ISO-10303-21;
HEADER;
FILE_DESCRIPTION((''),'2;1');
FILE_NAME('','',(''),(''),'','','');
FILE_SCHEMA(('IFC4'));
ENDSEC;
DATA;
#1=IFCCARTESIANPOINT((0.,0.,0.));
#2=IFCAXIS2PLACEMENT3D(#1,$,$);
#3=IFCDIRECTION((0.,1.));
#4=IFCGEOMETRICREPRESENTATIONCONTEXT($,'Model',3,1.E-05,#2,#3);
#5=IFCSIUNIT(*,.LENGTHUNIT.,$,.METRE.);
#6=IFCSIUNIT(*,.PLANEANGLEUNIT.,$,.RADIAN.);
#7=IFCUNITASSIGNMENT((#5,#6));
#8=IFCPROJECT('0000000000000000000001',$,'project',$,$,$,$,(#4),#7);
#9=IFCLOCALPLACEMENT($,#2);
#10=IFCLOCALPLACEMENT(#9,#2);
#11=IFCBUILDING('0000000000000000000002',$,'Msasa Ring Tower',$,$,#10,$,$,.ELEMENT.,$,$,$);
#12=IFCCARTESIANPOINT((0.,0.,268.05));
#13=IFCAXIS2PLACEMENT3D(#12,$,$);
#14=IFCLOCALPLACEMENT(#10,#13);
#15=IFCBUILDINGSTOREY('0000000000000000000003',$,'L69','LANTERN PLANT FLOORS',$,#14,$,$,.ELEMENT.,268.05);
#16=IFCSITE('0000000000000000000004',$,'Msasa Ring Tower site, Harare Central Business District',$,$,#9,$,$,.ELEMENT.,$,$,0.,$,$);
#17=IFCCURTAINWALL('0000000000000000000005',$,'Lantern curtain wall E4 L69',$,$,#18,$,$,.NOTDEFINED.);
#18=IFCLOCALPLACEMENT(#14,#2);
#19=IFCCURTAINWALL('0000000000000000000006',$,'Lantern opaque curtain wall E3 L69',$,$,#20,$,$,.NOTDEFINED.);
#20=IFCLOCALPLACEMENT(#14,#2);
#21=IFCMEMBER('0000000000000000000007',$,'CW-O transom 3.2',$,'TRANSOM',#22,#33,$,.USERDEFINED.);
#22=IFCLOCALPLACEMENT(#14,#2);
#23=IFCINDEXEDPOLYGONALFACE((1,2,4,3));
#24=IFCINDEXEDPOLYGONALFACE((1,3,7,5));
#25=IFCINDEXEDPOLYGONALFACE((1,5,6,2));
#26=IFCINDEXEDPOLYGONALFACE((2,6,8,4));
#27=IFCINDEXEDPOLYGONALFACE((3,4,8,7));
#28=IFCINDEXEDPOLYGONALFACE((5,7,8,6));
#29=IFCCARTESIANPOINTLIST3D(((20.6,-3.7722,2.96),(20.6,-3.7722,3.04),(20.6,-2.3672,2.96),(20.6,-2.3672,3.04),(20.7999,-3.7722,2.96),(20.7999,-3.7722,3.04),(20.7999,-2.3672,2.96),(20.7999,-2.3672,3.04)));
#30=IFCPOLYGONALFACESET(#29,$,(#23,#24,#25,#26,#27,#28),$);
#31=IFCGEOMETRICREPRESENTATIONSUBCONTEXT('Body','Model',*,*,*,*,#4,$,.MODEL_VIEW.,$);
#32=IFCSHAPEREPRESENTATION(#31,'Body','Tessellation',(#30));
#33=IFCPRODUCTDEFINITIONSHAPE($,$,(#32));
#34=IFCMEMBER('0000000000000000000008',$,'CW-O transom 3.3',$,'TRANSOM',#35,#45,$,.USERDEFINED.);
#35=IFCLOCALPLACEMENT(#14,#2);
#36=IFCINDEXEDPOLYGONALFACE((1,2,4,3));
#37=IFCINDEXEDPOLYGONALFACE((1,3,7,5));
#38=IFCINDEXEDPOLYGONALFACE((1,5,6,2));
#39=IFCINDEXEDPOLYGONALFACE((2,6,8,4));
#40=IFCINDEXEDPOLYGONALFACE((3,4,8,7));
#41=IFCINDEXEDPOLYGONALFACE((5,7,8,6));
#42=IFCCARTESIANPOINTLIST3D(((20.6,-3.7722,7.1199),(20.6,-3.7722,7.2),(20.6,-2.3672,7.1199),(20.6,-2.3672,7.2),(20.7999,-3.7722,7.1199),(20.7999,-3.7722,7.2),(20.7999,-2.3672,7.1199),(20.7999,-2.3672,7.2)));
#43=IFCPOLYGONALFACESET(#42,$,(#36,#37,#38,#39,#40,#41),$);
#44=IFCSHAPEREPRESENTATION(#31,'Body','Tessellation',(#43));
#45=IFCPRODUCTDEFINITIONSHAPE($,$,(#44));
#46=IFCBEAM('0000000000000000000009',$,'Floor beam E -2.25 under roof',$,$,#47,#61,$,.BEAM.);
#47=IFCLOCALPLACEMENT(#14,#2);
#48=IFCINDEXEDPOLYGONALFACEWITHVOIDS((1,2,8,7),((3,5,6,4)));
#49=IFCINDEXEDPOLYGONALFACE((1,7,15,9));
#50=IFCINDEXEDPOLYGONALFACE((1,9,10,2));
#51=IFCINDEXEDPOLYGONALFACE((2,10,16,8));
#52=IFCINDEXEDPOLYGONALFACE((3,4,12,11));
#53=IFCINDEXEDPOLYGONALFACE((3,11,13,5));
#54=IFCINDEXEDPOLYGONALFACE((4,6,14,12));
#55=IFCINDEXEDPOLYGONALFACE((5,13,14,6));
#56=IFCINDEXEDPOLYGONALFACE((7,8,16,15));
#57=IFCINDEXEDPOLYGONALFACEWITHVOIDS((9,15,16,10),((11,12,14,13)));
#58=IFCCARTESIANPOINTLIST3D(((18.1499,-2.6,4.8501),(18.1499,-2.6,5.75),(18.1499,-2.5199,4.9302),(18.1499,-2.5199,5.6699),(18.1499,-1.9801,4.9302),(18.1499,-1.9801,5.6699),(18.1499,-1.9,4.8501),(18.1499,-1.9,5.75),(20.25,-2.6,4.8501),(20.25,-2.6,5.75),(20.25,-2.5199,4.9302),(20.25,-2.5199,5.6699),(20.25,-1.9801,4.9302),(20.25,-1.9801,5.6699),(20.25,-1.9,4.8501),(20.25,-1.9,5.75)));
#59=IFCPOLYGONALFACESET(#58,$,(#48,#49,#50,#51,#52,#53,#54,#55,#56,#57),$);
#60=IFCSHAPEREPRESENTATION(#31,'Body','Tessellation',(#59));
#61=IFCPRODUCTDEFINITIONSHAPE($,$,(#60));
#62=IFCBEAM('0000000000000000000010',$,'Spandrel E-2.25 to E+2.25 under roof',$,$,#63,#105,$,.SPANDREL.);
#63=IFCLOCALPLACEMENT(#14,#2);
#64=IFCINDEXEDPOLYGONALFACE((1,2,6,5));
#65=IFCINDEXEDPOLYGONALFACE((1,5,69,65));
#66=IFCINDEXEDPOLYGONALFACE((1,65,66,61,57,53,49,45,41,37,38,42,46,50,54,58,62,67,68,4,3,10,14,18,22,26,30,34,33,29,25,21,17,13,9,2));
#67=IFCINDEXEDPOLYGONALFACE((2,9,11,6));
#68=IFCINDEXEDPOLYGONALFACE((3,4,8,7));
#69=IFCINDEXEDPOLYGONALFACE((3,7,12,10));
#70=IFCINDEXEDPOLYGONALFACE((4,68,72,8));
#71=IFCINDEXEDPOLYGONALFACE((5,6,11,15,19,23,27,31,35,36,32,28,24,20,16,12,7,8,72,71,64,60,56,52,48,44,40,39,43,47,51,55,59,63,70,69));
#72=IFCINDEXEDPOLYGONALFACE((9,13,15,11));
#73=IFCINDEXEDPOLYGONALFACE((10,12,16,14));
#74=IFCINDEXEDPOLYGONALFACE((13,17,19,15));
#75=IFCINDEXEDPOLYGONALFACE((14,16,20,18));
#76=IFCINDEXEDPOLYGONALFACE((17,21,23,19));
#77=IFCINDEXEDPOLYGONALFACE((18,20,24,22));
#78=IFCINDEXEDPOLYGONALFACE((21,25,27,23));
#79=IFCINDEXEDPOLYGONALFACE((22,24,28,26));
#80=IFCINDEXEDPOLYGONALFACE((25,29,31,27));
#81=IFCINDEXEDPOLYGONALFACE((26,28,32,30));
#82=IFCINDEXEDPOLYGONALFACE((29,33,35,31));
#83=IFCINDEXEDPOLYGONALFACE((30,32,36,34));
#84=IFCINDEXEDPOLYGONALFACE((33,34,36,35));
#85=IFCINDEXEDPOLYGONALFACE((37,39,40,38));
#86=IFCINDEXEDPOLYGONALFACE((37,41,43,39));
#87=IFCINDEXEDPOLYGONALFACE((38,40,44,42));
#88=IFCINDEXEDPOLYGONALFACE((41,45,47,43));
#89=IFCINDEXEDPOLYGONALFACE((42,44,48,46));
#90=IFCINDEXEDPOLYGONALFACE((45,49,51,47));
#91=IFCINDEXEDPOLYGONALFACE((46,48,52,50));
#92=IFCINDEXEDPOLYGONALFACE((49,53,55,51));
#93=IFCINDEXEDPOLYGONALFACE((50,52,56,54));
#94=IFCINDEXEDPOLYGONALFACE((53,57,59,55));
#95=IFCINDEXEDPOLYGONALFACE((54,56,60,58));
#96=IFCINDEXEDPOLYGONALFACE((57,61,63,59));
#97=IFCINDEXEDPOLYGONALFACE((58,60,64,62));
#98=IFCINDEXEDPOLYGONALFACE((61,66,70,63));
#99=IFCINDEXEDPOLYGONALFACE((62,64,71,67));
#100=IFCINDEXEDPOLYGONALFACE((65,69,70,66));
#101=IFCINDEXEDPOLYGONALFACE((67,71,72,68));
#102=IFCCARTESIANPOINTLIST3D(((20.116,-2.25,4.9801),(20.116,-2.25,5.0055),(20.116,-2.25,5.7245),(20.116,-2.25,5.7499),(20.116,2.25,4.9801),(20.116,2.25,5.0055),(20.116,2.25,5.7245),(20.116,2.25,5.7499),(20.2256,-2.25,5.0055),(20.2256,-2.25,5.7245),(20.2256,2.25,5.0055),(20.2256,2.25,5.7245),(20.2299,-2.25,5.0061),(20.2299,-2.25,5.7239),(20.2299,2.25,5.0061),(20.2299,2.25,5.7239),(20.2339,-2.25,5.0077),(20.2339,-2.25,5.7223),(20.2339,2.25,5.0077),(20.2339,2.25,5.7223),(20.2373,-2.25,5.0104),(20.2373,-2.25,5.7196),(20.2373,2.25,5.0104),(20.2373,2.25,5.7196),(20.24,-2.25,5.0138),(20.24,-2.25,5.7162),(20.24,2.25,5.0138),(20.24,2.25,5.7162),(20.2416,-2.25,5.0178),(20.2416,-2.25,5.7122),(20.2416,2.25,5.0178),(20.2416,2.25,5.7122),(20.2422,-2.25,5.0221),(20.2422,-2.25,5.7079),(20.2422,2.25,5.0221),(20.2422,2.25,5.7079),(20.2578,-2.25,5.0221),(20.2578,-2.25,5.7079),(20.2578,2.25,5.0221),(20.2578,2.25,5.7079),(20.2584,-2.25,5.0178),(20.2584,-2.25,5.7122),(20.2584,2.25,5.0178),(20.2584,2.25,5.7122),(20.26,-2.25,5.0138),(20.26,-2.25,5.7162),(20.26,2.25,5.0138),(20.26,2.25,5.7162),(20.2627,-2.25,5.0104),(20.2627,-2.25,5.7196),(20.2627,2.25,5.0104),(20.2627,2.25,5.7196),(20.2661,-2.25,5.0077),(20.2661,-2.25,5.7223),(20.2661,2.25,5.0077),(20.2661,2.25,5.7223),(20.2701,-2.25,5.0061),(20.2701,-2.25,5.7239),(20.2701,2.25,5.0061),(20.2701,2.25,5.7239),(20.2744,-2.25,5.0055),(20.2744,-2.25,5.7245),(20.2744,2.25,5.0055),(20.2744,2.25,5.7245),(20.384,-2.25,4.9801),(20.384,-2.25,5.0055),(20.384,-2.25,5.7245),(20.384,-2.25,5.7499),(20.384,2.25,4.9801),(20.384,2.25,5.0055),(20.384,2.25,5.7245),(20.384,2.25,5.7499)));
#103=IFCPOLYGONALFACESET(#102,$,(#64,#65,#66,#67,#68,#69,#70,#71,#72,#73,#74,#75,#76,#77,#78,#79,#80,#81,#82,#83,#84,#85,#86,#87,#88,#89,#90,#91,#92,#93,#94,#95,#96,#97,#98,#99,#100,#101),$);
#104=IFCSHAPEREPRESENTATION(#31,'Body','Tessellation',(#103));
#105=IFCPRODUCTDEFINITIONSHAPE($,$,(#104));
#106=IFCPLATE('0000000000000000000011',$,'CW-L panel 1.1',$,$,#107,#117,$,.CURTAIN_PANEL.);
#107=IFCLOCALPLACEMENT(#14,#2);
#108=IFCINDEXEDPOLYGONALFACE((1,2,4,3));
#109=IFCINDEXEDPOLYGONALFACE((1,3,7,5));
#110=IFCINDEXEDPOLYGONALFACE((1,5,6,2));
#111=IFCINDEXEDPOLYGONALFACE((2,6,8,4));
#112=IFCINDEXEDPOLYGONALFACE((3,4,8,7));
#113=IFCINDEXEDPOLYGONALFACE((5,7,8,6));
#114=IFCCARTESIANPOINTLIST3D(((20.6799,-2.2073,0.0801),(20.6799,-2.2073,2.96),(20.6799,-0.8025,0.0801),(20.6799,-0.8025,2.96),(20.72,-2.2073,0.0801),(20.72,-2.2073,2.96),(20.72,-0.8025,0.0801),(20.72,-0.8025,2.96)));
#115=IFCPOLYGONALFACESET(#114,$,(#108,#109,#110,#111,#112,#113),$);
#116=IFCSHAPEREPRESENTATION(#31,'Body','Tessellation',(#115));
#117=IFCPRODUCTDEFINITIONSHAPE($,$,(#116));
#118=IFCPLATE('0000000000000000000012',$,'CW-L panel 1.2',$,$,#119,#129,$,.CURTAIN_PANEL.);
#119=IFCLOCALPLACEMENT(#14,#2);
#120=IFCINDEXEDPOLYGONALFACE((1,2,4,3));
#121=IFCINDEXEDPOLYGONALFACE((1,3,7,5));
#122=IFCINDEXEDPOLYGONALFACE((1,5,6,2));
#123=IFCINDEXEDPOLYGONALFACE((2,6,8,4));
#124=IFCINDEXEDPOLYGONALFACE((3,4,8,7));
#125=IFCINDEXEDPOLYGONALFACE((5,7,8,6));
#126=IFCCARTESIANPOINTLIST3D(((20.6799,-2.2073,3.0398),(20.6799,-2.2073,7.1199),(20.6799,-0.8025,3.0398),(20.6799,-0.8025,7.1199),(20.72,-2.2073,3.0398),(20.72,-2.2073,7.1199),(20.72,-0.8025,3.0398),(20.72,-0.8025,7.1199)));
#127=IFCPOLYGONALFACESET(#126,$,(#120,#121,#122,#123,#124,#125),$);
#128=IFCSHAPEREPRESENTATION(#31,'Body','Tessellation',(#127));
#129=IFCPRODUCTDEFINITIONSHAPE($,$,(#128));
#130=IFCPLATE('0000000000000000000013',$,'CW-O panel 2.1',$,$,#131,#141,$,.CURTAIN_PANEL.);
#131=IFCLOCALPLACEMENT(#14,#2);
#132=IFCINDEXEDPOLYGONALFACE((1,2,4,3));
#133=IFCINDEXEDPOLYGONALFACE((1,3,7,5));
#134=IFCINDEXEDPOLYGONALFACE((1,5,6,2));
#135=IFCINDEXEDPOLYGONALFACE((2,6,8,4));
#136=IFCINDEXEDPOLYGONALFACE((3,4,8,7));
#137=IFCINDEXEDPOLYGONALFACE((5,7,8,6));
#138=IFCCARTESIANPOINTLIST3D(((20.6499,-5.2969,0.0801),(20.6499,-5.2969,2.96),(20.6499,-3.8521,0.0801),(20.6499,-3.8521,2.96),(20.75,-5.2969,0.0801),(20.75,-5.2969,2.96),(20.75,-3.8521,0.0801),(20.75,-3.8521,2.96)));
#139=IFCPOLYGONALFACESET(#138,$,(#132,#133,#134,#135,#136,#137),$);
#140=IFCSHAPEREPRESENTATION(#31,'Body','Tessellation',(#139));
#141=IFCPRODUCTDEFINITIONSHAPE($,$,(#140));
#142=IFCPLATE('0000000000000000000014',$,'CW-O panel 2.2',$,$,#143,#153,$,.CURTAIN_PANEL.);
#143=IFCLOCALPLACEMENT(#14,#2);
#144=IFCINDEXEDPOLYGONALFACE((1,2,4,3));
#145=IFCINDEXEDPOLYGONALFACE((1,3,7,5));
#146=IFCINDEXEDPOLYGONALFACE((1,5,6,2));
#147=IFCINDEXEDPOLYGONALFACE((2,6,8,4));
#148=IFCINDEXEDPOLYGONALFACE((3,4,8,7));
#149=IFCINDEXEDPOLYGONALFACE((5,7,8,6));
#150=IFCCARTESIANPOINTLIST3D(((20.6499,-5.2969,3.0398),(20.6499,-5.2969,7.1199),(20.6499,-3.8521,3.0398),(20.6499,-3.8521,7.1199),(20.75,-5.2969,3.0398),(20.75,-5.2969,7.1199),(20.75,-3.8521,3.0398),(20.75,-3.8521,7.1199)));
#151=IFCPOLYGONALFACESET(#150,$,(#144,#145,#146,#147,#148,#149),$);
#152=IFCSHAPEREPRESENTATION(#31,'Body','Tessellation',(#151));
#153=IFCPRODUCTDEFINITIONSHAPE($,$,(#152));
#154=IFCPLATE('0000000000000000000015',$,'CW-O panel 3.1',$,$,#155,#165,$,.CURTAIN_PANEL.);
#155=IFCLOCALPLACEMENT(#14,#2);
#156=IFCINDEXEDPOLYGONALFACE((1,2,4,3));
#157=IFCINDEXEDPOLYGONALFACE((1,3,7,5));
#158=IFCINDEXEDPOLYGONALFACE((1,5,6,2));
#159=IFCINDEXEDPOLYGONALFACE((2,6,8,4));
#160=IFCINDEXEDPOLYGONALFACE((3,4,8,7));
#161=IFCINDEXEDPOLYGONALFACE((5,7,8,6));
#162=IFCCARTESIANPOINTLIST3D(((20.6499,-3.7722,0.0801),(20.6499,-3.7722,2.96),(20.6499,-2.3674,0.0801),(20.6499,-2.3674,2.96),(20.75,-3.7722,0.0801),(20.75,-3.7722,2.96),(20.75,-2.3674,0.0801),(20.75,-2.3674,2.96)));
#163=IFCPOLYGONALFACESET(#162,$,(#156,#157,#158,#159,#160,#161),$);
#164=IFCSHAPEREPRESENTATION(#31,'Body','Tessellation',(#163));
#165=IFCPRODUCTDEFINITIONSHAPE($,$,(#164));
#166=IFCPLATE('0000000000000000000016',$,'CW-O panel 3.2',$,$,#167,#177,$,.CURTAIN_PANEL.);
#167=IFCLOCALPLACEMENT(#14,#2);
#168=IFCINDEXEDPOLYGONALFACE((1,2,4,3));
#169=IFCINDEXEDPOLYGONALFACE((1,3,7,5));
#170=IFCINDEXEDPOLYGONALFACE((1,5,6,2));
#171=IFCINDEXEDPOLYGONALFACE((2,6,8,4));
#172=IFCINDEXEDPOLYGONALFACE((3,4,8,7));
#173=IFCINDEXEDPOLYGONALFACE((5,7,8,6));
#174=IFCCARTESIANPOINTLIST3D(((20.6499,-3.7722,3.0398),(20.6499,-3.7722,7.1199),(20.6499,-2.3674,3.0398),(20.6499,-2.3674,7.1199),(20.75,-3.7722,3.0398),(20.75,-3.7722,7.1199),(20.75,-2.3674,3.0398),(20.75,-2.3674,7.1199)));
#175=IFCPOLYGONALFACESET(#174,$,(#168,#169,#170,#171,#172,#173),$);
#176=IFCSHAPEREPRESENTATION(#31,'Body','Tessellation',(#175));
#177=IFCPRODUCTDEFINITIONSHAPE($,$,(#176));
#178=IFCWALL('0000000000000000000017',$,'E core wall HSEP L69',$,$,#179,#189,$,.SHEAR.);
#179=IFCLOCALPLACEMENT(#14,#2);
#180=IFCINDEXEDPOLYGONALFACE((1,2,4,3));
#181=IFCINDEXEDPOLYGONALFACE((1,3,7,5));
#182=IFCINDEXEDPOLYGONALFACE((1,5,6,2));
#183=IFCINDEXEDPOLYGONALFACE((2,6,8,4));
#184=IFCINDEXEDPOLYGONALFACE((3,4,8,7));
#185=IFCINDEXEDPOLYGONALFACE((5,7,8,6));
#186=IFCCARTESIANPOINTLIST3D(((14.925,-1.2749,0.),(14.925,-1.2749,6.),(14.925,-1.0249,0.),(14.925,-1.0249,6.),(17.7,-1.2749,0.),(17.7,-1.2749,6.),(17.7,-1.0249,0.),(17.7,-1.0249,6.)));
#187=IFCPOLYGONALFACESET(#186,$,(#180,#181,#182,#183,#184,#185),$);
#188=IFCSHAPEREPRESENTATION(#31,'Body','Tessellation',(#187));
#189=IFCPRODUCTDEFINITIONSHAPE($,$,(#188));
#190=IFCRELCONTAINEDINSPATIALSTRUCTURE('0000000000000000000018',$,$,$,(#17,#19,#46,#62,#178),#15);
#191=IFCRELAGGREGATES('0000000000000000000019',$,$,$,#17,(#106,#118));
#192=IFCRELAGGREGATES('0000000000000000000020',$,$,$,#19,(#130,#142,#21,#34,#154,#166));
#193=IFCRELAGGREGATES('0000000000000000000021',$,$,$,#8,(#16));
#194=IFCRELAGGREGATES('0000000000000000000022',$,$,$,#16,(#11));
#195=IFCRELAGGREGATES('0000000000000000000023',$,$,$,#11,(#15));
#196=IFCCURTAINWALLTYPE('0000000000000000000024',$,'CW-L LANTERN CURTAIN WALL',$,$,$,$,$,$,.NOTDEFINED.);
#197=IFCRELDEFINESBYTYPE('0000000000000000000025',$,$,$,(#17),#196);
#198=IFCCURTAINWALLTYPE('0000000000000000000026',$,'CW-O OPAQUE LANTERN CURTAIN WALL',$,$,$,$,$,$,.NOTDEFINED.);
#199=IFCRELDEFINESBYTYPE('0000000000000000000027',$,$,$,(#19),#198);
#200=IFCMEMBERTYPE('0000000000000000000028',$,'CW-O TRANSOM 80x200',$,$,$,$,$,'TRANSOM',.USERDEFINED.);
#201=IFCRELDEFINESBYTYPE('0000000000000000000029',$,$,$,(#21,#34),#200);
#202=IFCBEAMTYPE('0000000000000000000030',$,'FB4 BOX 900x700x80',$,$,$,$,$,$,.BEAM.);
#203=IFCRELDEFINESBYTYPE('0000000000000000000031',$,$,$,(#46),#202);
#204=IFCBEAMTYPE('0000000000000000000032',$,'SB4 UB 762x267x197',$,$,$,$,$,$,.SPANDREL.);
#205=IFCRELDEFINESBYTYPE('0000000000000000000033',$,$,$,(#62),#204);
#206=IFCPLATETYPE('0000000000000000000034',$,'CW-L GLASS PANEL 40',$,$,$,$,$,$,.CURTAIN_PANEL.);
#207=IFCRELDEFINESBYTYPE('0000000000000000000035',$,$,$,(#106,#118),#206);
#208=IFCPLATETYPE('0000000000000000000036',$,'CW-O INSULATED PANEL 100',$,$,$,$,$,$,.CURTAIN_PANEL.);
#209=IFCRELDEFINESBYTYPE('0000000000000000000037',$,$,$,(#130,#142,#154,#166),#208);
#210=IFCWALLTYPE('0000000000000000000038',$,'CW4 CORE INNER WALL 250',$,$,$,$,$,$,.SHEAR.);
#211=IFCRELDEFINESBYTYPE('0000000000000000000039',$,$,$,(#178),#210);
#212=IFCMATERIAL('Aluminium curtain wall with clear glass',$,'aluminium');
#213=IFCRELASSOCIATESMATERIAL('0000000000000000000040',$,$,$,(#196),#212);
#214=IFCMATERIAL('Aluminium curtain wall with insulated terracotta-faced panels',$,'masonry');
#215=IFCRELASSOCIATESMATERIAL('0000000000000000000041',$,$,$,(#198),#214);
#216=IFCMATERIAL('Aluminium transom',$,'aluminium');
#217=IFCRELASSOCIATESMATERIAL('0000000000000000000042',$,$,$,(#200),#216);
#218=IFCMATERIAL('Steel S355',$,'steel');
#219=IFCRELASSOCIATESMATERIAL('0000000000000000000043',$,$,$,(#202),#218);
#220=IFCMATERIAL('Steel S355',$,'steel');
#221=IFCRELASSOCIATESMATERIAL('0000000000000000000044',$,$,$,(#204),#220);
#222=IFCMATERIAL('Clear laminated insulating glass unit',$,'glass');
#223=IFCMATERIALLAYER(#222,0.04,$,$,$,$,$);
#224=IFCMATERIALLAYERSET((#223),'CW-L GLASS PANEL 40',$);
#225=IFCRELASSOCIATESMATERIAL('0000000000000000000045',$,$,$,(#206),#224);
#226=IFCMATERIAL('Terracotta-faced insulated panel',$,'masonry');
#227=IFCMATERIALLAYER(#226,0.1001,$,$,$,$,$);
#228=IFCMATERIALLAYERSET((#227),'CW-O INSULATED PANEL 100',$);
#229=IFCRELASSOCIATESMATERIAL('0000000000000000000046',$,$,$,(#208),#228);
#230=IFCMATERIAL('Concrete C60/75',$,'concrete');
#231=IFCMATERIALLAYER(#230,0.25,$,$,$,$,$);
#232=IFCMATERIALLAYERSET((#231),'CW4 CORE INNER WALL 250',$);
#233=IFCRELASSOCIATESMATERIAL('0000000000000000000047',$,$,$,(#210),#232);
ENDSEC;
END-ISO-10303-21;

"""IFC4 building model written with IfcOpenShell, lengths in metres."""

from ifc_helpers import new_model, si_unit, direction, frame, frame_2d, origin, origin_2d, place, context, subcontext, project, spatial, rectangle, hollow_rectangle, i_section, extrude, material, layer, layer_set, material_profile, profile_set, type_object, element, aggregate, save


model = new_model("IFC4")

# Units and contexts
model_context = context("Model", 3, precision=1e-05, world=origin(), true_north=direction((0.0, 1.0)))
body_context = subcontext(model_context, "Body", "Model", "MODEL_VIEW")
ifc_project = project(units=[si_unit("LENGTHUNIT", "METRE"), si_unit("PLANEANGLEUNIT", "RADIAN")], contexts=[model_context])

# Site, building, storey
site_placement = place(None, origin())
site = spatial("IfcSite", under=ifc_project, at=site_placement, Name="Msasa Ring Tower site, Harare Central Business District", CompositionType="ELEMENT", RefElevation=0.0)
building_placement = place(site_placement, origin())
building = spatial("IfcBuilding", under=site, at=building_placement, Name="Msasa Ring Tower", CompositionType="ELEMENT")
storey_placement = place(building_placement, frame((0.0, 0.0, 268.05)))
storey = spatial("IfcBuildingStorey", under=building, at=storey_placement, Name="L69", Description="LANTERN PLANT FLOORS", CompositionType="ELEMENT", Elevation=268.05)

# Curtain walls, members
ifc_material_1 = material(Name="Aluminium curtain wall with clear glass", Category="aluminium")
curtain_wall_type_1 = type_object("IfcCurtainWallType", Name="CW-L LANTERN CURTAIN WALL", PredefinedType="NOTDEFINED", material=ifc_material_1)
curtain_wall_1_placement = place(storey_placement, origin())
curtain_wall_1 = element("IfcCurtainWall", 1, at=curtain_wall_1_placement, inside=storey, type_object=curtain_wall_type_1, Name="Lantern curtain wall E4 L69", PredefinedType="NOTDEFINED")
ifc_material_2 = material(Name="Aluminium curtain wall with insulated terracotta-faced panels", Category="masonry")
curtain_wall_type_2 = type_object("IfcCurtainWallType", Name="CW-O OPAQUE LANTERN CURTAIN WALL", PredefinedType="NOTDEFINED", material=ifc_material_2)
curtain_wall_2_placement = place(storey_placement, origin())
curtain_wall_2 = element("IfcCurtainWall", 2, at=curtain_wall_2_placement, inside=storey, type_object=curtain_wall_type_2, Name="Lantern opaque curtain wall E3 L69", PredefinedType="NOTDEFINED")
ifc_material_3 = material(Name="Aluminium transom", Category="aluminium")
ifc_material_profile_1 = material_profile(ifc_material_3, rectangle(XDim=0.2, YDim=0.0801, at=origin_2d()), Name="AL 80x200")
ifc_profile_set_1 = profile_set([ifc_material_profile_1], Name="Aluminium transom")
member_type_1 = type_object("IfcMemberType", Name="CW-O TRANSOM 80x200", ElementType="TRANSOM", PredefinedType="USERDEFINED", material=ifc_profile_set_1)
member_1_placement = place(storey_placement, frame((20.7, -3.7722, 3.0), z_axis=(0.0, 1.0, 0.0), x_axis=(-1.0, 0.0, 0.0)))
member_1 = element("IfcMember", 3, at=member_1_placement, type_object=member_type_1, Name="CW-O transom 3.2", ObjectType="TRANSOM", PredefinedType="USERDEFINED", context=body_context, shape_type="SweptSolid", body=[
    extrude(rectangle(XDim=0.2, YDim=0.0801, at=origin_2d()), origin(), (0.0, 0.0, 1.0), 1.405),
])
member_2_placement = place(storey_placement, frame((20.7, -3.7722, 7.1599), z_axis=(0.0, 1.0, 0.0), x_axis=(-1.0, 0.0, 0.0)))
member_2 = element("IfcMember", 4, at=member_2_placement, type_object=member_type_1, Name="CW-O transom 3.3", ObjectType="TRANSOM", PredefinedType="USERDEFINED", context=body_context, shape_type="SweptSolid", body=[
    extrude(rectangle(XDim=0.2, YDim=0.0801, at=origin_2d()), origin(), (0.0, 0.0, 1.0), 1.405),
])

# Beams
ifc_material_4 = material(Name="Steel S355", Category="steel")
ifc_material_profile_2 = material_profile(ifc_material_4, hollow_rectangle(XDim=0.7, YDim=0.8999, WallThickness=0.0801, at=origin_2d()), Name="BOX 900x700x80")
ifc_profile_set_2 = profile_set([ifc_material_profile_2], Name="Steel S355")
beam_type_1 = type_object("IfcBeamType", Name="FB4 BOX 900x700x80", PredefinedType="BEAM", material=ifc_profile_set_2)
beam_1_placement = place(storey_placement, frame((20.25, -2.25, 5.3), z_axis=(-1.0, 0.0, 0.0), x_axis=(0.0, -1.0, 0.0)))
element("IfcBeam", 5, at=beam_1_placement, inside=storey, type_object=beam_type_1, Name="Floor beam E -2.25 under roof", PredefinedType="BEAM", context=body_context, shape_type="SweptSolid", body=[
    extrude(hollow_rectangle(XDim=0.7, YDim=0.8999, WallThickness=0.0801, at=origin_2d()), origin(), (0.0, 0.0, 1.0), 2.1001),
])
ifc_material_5 = material(Name="Steel S355", Category="steel")
ifc_material_profile_3 = material_profile(ifc_material_5, i_section(OverallWidth=0.2681, OverallDepth=0.7698, WebThickness=0.0156, FlangeThickness=0.0254, FilletRadius=0.0166, at=origin_2d()), Name="UB 762x267x197")
ifc_profile_set_3 = profile_set([ifc_material_profile_3], Name="Steel S355")
beam_type_2 = type_object("IfcBeamType", Name="SB4 UB 762x267x197", PredefinedType="SPANDREL", material=ifc_profile_set_3)
beam_2_placement = place(storey_placement, frame((20.25, -2.25, 5.365), z_axis=(0.0, 1.0, 0.0), x_axis=(-1.0, 0.0, 0.0)))
element("IfcBeam", 6, at=beam_2_placement, inside=storey, type_object=beam_type_2, Name="Spandrel E-2.25 to E+2.25 under roof", PredefinedType="SPANDREL", context=body_context, shape_type="SweptSolid", body=[
    extrude(i_section(OverallWidth=0.2681, OverallDepth=0.7698, WebThickness=0.0156, FlangeThickness=0.0254, FilletRadius=0.0166, at=origin_2d()), origin(), (0.0, 0.0, 1.0), 4.5),
])

# Plates
ifc_material_6 = material(Name="Clear laminated insulating glass unit", Category="glass")
ifc_layer_1 = layer(ifc_material_6, 0.04)
ifc_layer_set_1 = layer_set([ifc_layer_1], Name="CW-L GLASS PANEL 40")
plate_type_1 = type_object("IfcPlateType", Name="CW-L GLASS PANEL 40", PredefinedType="CURTAIN_PANEL", material=ifc_layer_set_1)
plate_1_placement = place(storey_placement, frame((20.7, -1.5049, 0.0801), z_axis=(0.0, 0.0, 1.0), x_axis=(0.0, 1.0, 0.0)))
plate_1 = element("IfcPlate", 7, at=plate_1_placement, type_object=plate_type_1, Name="CW-L panel 1.1", PredefinedType="CURTAIN_PANEL", context=body_context, shape_type="SweptSolid", body=[
    extrude(rectangle(XDim=1.4048, YDim=0.04, at=origin_2d()), origin(), (0.0, 0.0, 1.0), 2.8799),
])
plate_2_placement = place(storey_placement, frame((20.7, -1.5049, 3.0398), z_axis=(0.0, 0.0, 1.0), x_axis=(0.0, 1.0, 0.0)))
plate_2 = element("IfcPlate", 8, at=plate_2_placement, type_object=plate_type_1, Name="CW-L panel 1.2", PredefinedType="CURTAIN_PANEL", context=body_context, shape_type="SweptSolid", body=[
    extrude(rectangle(XDim=1.4048, YDim=0.04, at=origin_2d()), origin(), (0.0, 0.0, 1.0), 4.0801),
])
aggregate(curtain_wall_1, [plate_1, plate_2])
ifc_material_7 = material(Name="Terracotta-faced insulated panel", Category="masonry")
ifc_layer_2 = layer(ifc_material_7, 0.1001)
ifc_layer_set_2 = layer_set([ifc_layer_2], Name="CW-O INSULATED PANEL 100")
plate_type_2 = type_object("IfcPlateType", Name="CW-O INSULATED PANEL 100", PredefinedType="CURTAIN_PANEL", material=ifc_layer_set_2)
plate_3_placement = place(storey_placement, frame((20.7, -4.5745, 0.0801), z_axis=(0.0, 0.0, 1.0), x_axis=(0.0, 1.0, 0.0)))
plate_3 = element("IfcPlate", 9, at=plate_3_placement, type_object=plate_type_2, Name="CW-O panel 2.1", PredefinedType="CURTAIN_PANEL", context=body_context, shape_type="SweptSolid", body=[
    extrude(rectangle(XDim=1.4448, YDim=0.1001, at=origin_2d()), origin(), (0.0, 0.0, 1.0), 2.8799),
])
plate_4_placement = place(storey_placement, frame((20.7, -4.5745, 3.0398), z_axis=(0.0, 0.0, 1.0), x_axis=(0.0, 1.0, 0.0)))
plate_4 = element("IfcPlate", 10, at=plate_4_placement, type_object=plate_type_2, Name="CW-O panel 2.2", PredefinedType="CURTAIN_PANEL", context=body_context, shape_type="SweptSolid", body=[
    extrude(rectangle(XDim=1.4448, YDim=0.1001, at=origin_2d()), origin(), (0.0, 0.0, 1.0), 4.0801),
])
plate_5_placement = place(storey_placement, frame((20.7, -3.0698, 0.0801), z_axis=(0.0, 0.0, 1.0), x_axis=(0.0, 1.0, 0.0)))
plate_5 = element("IfcPlate", 11, at=plate_5_placement, type_object=plate_type_2, Name="CW-O panel 3.1", PredefinedType="CURTAIN_PANEL", context=body_context, shape_type="SweptSolid", body=[
    extrude(rectangle(XDim=1.4048, YDim=0.1001, at=origin_2d()), origin(), (0.0, 0.0, 1.0), 2.8799),
])
plate_6_placement = place(storey_placement, frame((20.7, -3.0698, 3.0398), z_axis=(0.0, 0.0, 1.0), x_axis=(0.0, 1.0, 0.0)))
plate_6 = element("IfcPlate", 12, at=plate_6_placement, type_object=plate_type_2, Name="CW-O panel 3.2", PredefinedType="CURTAIN_PANEL", context=body_context, shape_type="SweptSolid", body=[
    extrude(rectangle(XDim=1.4048, YDim=0.1001, at=origin_2d()), origin(), (0.0, 0.0, 1.0), 4.0801),
])
aggregate(curtain_wall_2, [plate_3, plate_4, member_1, member_2, plate_5, plate_6])

# Wall
ifc_material_8 = material(Name="Concrete C60/75", Category="concrete")
ifc_layer_3 = layer(ifc_material_8, 0.25)
ifc_layer_set_3 = layer_set([ifc_layer_3], Name="CW4 CORE INNER WALL 250")
wall_type = type_object("IfcWallType", Name="CW4 CORE INNER WALL 250", PredefinedType="SHEAR", material=ifc_layer_set_3)
wall_placement = place(storey_placement, frame((14.925, -1.1499, 0.0), z_axis=(0.0, 0.0, 1.0), x_axis=(1.0, 0.0, 0.0)))
element("IfcWall", 13, at=wall_placement, inside=storey, type_object=wall_type, Name="E core wall HSEP L69", PredefinedType="SHEAR", context=body_context, shape_type="SweptSolid", body=[
    extrude(rectangle(XDim=2.7749, YDim=0.25, at=frame_2d((1.3875, 0.0))), origin(), (0.0, 0.0, 1.0), 6.0),
])

save(model, "model.ifc")
